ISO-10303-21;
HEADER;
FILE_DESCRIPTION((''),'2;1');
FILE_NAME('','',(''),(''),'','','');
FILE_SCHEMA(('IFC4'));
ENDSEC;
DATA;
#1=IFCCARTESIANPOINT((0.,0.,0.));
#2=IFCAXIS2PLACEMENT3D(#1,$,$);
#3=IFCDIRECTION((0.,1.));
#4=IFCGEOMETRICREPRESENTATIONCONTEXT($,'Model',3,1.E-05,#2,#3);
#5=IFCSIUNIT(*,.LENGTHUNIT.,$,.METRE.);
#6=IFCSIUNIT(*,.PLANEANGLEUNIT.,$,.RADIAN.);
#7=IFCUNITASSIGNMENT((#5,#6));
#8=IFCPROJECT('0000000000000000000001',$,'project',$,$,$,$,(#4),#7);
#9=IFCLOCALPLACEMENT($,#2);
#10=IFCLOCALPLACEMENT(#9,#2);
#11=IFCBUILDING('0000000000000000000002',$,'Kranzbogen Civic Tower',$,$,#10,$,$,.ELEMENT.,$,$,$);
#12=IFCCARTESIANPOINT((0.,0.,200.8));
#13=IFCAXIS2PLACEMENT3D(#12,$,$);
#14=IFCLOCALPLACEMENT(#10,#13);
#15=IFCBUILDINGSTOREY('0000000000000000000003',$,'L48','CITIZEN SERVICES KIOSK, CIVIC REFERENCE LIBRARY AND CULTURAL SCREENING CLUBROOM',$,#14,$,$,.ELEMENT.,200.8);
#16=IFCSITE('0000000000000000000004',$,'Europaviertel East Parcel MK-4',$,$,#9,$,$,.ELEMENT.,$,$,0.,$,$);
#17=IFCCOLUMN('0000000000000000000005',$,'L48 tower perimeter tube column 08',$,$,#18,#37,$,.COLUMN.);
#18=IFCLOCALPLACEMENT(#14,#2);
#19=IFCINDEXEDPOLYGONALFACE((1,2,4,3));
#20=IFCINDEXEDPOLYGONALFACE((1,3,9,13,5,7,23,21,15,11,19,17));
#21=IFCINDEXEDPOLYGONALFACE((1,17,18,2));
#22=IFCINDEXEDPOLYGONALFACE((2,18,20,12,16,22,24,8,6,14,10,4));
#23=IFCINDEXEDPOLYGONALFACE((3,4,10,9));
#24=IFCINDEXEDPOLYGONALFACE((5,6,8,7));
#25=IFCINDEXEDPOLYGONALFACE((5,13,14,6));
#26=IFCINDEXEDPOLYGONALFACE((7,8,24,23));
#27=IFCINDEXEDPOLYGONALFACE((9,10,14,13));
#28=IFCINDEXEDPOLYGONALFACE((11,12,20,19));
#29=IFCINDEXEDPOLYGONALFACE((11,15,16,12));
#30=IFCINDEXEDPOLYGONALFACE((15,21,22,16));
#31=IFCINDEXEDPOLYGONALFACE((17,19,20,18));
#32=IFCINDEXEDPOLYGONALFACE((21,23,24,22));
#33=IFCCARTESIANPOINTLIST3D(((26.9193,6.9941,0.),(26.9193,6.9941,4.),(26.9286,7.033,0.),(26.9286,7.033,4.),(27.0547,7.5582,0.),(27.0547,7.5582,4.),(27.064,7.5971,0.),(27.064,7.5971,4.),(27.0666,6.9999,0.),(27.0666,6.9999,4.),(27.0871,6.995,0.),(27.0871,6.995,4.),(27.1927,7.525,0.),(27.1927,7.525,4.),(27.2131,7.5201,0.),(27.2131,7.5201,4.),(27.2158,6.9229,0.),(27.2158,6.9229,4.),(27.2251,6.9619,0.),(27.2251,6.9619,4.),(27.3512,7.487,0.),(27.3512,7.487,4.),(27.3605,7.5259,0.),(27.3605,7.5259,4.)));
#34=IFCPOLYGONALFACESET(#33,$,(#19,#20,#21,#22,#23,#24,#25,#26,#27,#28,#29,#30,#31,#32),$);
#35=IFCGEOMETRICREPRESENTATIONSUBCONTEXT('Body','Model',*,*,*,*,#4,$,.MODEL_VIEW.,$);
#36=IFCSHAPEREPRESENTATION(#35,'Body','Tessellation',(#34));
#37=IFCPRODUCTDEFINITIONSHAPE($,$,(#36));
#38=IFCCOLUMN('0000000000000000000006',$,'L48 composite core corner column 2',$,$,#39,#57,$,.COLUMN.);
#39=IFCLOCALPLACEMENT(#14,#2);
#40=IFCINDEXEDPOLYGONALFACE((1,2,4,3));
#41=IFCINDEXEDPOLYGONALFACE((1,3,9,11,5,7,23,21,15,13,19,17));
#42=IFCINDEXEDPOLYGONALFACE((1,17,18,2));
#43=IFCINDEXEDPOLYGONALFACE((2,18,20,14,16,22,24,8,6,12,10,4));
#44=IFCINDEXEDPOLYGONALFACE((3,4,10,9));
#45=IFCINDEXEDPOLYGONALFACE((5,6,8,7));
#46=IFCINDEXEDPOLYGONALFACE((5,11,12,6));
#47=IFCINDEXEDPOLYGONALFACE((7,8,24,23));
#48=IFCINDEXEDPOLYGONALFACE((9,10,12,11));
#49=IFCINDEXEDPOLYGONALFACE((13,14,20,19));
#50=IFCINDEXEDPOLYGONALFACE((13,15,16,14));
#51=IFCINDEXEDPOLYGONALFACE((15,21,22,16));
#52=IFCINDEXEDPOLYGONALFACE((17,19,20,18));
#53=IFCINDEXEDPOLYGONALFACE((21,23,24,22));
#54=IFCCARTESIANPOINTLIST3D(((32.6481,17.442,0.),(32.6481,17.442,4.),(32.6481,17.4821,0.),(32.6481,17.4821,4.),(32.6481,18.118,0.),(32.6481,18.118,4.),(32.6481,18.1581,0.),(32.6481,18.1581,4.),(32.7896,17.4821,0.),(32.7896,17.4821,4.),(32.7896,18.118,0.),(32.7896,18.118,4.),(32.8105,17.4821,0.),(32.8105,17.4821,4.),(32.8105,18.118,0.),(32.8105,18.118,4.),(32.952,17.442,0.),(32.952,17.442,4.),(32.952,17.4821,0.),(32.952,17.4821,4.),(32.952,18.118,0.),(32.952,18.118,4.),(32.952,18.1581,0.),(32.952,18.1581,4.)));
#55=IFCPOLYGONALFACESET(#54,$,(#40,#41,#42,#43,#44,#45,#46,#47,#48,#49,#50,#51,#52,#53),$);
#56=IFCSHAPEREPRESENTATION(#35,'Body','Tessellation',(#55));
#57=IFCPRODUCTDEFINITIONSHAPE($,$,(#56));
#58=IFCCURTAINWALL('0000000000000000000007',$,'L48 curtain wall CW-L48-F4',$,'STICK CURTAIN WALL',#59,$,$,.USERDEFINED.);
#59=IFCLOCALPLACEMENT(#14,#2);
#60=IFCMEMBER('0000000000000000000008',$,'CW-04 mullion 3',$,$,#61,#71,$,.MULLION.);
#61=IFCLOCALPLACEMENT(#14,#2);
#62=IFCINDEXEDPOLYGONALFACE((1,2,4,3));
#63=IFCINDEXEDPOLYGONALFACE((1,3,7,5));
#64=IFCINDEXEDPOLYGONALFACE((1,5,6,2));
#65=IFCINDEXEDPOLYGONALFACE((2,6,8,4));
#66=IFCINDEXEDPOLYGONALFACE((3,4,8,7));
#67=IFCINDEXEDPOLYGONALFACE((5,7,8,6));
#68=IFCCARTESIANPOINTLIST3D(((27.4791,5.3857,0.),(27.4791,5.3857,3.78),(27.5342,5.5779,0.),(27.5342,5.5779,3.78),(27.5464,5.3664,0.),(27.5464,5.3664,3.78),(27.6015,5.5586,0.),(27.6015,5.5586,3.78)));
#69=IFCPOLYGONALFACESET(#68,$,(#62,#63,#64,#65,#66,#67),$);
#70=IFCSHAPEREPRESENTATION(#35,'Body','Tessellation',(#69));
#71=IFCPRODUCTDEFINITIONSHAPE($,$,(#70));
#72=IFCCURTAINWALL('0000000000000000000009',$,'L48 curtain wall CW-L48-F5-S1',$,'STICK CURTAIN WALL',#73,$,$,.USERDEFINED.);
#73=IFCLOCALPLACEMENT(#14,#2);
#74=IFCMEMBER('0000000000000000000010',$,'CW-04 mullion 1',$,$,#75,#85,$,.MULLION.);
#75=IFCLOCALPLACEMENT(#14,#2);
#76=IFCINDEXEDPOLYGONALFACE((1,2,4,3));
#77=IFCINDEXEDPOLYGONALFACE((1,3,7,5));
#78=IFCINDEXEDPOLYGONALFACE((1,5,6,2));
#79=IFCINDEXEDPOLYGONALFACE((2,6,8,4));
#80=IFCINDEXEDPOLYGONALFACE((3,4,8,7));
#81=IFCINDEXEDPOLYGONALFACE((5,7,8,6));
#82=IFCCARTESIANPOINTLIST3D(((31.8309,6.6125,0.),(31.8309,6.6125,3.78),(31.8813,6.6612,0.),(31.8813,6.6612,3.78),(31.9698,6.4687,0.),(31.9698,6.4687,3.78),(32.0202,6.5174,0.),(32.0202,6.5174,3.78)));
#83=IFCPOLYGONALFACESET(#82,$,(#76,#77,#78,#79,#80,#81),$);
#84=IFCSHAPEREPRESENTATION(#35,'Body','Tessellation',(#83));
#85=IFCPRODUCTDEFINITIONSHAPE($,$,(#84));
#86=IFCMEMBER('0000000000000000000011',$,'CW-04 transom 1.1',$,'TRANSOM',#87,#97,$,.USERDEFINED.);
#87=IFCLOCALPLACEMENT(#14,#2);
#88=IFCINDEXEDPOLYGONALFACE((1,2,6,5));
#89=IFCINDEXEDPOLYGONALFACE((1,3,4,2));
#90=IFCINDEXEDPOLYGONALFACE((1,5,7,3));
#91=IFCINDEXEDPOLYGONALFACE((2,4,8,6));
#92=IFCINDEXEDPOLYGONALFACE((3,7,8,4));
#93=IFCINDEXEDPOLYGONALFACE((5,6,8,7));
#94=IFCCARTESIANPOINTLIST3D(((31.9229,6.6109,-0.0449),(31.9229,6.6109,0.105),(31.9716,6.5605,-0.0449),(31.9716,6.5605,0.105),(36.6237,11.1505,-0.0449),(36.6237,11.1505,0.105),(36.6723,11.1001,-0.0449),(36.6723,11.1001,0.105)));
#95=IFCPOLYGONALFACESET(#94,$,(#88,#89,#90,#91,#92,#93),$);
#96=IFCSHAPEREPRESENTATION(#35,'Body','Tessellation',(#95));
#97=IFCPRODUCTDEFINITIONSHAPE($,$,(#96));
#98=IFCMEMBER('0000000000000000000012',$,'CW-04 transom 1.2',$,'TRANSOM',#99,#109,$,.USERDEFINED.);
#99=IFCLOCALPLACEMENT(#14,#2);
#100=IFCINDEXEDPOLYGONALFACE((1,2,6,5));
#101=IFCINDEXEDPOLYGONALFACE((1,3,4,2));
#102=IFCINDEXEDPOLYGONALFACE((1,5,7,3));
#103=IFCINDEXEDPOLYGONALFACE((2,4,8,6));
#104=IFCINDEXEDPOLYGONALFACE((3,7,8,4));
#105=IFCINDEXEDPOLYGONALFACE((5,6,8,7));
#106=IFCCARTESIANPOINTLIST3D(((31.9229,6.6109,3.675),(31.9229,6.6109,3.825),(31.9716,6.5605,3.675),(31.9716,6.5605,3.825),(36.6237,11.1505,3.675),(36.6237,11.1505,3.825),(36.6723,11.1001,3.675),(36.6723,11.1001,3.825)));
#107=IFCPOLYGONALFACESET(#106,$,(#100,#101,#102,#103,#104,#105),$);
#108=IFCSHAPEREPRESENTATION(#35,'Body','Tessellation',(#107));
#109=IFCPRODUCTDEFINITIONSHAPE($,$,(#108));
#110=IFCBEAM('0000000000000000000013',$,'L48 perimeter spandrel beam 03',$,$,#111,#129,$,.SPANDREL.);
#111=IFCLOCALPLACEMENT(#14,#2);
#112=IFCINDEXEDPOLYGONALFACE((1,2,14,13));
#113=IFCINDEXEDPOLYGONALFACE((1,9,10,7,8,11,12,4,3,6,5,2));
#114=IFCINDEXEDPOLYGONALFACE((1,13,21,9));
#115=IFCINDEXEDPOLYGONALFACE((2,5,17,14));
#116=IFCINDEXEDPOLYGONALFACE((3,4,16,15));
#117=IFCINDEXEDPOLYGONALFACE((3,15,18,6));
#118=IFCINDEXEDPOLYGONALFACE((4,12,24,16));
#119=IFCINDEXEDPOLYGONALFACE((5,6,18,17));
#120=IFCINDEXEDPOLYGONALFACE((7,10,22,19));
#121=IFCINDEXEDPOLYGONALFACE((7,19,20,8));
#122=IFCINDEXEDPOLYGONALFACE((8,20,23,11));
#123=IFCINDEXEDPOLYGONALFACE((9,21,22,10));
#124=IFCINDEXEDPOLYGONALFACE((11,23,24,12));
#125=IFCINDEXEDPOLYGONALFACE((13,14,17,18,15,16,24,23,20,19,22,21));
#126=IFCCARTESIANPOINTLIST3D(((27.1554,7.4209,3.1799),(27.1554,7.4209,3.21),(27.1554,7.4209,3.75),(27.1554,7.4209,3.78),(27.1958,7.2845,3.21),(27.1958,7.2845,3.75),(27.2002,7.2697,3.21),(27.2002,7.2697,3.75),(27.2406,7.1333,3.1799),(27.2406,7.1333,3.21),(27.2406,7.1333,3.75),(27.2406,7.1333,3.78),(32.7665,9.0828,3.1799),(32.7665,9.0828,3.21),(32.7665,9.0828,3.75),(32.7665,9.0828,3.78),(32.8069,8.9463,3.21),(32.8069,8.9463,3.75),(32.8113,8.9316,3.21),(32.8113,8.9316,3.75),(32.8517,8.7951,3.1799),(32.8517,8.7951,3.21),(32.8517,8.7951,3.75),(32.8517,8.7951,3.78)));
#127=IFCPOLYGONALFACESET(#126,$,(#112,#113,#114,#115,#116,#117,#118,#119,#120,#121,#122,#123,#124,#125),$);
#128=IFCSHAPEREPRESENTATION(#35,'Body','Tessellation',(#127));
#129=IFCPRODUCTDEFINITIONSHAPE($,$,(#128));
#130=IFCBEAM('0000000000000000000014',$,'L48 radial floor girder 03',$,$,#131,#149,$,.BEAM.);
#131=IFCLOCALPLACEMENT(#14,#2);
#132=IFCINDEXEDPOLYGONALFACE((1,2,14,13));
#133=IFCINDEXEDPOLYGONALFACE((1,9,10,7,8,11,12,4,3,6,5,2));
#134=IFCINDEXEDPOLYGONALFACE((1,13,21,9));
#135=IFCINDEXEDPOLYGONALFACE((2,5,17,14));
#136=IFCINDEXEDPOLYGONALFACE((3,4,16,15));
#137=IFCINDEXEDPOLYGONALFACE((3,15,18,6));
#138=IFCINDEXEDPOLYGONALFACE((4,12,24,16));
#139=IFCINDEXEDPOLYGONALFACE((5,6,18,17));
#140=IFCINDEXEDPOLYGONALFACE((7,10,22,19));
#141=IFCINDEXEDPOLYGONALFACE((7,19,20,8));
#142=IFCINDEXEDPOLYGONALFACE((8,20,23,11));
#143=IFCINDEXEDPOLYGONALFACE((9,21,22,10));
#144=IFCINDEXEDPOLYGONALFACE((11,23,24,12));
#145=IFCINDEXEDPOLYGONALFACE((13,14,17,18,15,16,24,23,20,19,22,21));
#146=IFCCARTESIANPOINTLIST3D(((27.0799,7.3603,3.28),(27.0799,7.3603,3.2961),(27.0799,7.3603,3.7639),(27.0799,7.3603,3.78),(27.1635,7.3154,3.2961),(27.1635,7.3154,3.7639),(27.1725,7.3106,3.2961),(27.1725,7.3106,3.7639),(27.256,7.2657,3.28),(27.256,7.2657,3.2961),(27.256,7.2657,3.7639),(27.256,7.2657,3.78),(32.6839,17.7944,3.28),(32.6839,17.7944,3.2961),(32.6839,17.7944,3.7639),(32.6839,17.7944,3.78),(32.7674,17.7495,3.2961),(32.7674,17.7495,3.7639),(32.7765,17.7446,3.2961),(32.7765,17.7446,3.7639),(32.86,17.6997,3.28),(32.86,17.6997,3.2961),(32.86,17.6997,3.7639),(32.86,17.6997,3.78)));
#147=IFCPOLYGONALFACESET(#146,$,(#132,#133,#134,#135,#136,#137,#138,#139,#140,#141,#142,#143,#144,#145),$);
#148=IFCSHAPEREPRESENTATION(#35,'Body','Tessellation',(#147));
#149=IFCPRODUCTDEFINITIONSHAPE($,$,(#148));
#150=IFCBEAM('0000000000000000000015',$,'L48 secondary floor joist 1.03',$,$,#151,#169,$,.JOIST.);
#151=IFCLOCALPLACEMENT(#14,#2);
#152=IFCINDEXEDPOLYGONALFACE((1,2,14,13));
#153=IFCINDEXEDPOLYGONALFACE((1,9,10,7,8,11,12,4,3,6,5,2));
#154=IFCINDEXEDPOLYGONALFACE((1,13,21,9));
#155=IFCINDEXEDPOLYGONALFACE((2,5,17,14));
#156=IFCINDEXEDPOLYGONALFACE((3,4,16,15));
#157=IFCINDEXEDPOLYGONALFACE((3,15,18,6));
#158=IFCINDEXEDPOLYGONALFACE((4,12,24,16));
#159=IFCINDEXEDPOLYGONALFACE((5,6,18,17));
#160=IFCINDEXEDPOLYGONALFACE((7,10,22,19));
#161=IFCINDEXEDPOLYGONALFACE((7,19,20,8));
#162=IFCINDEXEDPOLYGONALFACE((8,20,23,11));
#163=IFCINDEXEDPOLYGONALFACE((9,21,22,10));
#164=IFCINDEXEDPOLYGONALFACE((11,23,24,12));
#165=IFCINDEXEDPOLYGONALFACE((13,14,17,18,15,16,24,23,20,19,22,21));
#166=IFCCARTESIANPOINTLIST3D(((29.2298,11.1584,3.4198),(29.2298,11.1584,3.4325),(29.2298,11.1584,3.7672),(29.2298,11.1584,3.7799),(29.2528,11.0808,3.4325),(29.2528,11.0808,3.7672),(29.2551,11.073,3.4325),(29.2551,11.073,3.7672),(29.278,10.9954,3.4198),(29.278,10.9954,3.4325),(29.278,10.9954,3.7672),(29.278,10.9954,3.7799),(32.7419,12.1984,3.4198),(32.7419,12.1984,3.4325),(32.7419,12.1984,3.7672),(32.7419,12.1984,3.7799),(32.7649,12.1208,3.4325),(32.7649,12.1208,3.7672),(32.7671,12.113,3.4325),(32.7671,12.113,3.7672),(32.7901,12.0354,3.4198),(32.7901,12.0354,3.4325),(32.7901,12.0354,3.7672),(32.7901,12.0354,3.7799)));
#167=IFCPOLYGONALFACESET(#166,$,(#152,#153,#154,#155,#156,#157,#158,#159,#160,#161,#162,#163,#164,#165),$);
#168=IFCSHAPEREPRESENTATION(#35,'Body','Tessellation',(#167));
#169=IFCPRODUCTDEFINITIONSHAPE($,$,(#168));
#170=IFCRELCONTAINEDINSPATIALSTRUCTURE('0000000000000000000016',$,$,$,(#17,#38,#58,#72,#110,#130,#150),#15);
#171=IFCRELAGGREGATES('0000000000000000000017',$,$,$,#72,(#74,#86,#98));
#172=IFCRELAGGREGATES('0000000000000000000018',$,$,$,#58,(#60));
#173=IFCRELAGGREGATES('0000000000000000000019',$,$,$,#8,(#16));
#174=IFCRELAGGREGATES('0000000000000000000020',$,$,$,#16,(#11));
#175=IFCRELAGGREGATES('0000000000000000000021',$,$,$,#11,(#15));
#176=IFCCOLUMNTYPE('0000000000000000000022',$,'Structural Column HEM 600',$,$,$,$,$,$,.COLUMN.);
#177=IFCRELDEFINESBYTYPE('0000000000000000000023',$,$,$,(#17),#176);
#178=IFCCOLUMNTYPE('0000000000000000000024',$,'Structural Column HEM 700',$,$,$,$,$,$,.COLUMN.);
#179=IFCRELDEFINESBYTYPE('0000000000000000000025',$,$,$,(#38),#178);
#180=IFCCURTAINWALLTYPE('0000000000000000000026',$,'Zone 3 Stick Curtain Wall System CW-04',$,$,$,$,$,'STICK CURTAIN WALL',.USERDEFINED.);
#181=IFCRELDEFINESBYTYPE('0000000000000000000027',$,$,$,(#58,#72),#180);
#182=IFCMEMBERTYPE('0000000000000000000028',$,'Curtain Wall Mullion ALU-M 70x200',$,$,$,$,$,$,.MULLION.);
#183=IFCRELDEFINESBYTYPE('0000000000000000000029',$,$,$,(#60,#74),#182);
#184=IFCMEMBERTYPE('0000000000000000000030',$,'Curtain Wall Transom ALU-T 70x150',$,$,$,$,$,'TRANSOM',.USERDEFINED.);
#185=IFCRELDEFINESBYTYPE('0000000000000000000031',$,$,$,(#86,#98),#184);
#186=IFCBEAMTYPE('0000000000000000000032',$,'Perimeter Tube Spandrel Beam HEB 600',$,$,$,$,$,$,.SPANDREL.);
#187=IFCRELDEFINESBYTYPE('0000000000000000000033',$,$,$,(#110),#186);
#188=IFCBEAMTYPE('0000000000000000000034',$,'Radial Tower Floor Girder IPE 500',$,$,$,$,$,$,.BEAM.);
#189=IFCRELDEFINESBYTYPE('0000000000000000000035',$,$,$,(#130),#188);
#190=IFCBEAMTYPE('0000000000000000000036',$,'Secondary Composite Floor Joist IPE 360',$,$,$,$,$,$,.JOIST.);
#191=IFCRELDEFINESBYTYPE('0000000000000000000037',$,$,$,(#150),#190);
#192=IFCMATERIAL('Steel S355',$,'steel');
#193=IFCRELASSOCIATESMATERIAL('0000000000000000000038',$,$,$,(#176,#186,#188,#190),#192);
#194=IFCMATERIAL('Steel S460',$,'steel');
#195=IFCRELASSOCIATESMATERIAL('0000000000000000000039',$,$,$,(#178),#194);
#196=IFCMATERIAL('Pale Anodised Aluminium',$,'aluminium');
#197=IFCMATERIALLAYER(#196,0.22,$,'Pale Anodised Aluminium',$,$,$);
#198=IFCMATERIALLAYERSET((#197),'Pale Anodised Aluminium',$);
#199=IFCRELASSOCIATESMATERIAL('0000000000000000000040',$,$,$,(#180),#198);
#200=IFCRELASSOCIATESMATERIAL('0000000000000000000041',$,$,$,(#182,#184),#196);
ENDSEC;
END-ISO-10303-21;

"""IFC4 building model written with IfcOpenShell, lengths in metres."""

from ifc_helpers import new_model, si_unit, direction, frame, origin, origin_2d, place, context, subcontext, project, spatial, rectangle, i_section, extrude, material, layer, layer_set, material_profile, profile_set, type_object, element, aggregate, save


model = new_model("IFC4")

# Units and contexts
model_context = context("Model", 3, precision=1e-05, world=origin(), true_north=direction((0.0, 1.0)))
body_context = subcontext(model_context, "Body", "Model", "MODEL_VIEW")
ifc_project = project(units=[si_unit("LENGTHUNIT", "METRE"), si_unit("PLANEANGLEUNIT", "RADIAN")], contexts=[model_context])

# Site, building, storey
site_placement = place(None, origin())
site = spatial("IfcSite", under=ifc_project, at=site_placement, Name="Europaviertel East Parcel MK-4", CompositionType="ELEMENT", RefElevation=0.0)
building_placement = place(site_placement, origin())
building = spatial("IfcBuilding", under=site, at=building_placement, Name="Kranzbogen Civic Tower", CompositionType="ELEMENT")
storey_placement = place(building_placement, frame((0.0, 0.0, 200.8)))
storey = spatial("IfcBuildingStorey", under=building, at=storey_placement, Name="L48", Description="CITIZEN SERVICES KIOSK, CIVIC REFERENCE LIBRARY AND CULTURAL SCREENING CLUBROOM", CompositionType="ELEMENT", Elevation=200.8)

# Columns
ifc_material_1 = material(Name="Steel S355", Category="steel")
ifc_material_profile_1 = material_profile(ifc_material_1, i_section(OverallWidth=0.3049, OverallDepth=0.6201, WebThickness=0.021, FlangeThickness=0.04, at=origin_2d()), Name="HEM 600")
ifc_profile_set_1 = profile_set([ifc_material_profile_1], Name="Steel S355")
column_type_1 = type_object("IfcColumnType", Name="Structural Column HEM 600", PredefinedType="COLUMN", material=ifc_profile_set_1)
column_1_placement = place(storey_placement, frame((27.1399, 7.26, 0.0), z_axis=(0.0, 0.0, 1.0), x_axis=(-0.97237, 0.233445, 0.0)))
element("IfcColumn", 1, at=column_1_placement, inside=storey, type_object=column_type_1, Name="L48 tower perimeter tube column 08", PredefinedType="COLUMN", context=body_context, shape_type="SweptSolid", body=[
    extrude(i_section(OverallWidth=0.3049, OverallDepth=0.6201, WebThickness=0.021, FlangeThickness=0.04, at=origin_2d()), origin(), (0.0, 0.0, 1.0), 4.0),
])
ifc_material_2 = material(Name="Steel S460", Category="steel")
ifc_material_profile_2 = material_profile(ifc_material_2, i_section(OverallWidth=0.304, OverallDepth=0.7161, WebThickness=0.021, FlangeThickness=0.04, at=origin_2d()), Name="HEM 700")
ifc_profile_set_2 = profile_set([ifc_material_profile_2], Name="Steel S460")
column_type_2 = type_object("IfcColumnType", Name="Structural Column HEM 700", PredefinedType="COLUMN", material=ifc_profile_set_2)
column_2_placement = place(storey_placement, frame((32.8, 17.8, 0.0), z_axis=(0.0, 0.0, 1.0), x_axis=(1.0, 0.0, 0.0)))
element("IfcColumn", 2, at=column_2_placement, inside=storey, type_object=column_type_2, Name="L48 composite core corner column 2", PredefinedType="COLUMN", context=body_context, shape_type="SweptSolid", body=[
    extrude(i_section(OverallWidth=0.304, OverallDepth=0.7161, WebThickness=0.021, FlangeThickness=0.04, at=origin_2d()), origin(), (0.0, 0.0, 1.0), 4.0),
])

# Curtain wall, member
ifc_material_3 = material(Name="Pale Anodised Aluminium", Category="aluminium")
ifc_layer_1 = layer(ifc_material_3, 0.22, Name="Pale Anodised Aluminium")
ifc_layer_set_1 = layer_set([ifc_layer_1], Name="Pale Anodised Aluminium")
curtain_wall_type = type_object("IfcCurtainWallType", Name="Zone 3 Stick Curtain Wall System CW-04", ElementType="STICK CURTAIN WALL", PredefinedType="USERDEFINED", material=ifc_layer_set_1)
curtain_wall_1_placement = place(storey_placement, origin())
curtain_wall_1 = element("IfcCurtainWall", 3, at=curtain_wall_1_placement, inside=storey, type_object=curtain_wall_type, Name="L48 curtain wall CW-L48-F4", ObjectType="STICK CURTAIN WALL", PredefinedType="USERDEFINED")
ifc_material_profile_3 = material_profile(ifc_material_3, rectangle(XDim=0.0701, YDim=0.2, at=origin_2d()), Name="ALU-M 70x200")
ifc_profile_set_3 = profile_set([ifc_material_profile_3], Name="Pale Anodised Aluminium")
member_type_1 = type_object("IfcMemberType", Name="Curtain Wall Mullion ALU-M 70x200", PredefinedType="MULLION", material=ifc_profile_set_3)
member_1_placement = place(storey_placement, frame((27.5403, 5.4722, 0.0), z_axis=(0.0, 0.0, 1.0), x_axis=(0.961276, -0.275587, 0.0)))
member_1 = element("IfcMember", 4, at=member_1_placement, type_object=member_type_1, Name="CW-04 mullion 3", PredefinedType="MULLION", context=body_context, shape_type="SweptSolid", body=[
    extrude(rectangle(XDim=0.0701, YDim=0.2, at=origin_2d()), origin(), (0.0, 0.0, 1.0), 3.78),
])

# Curtain wall, members
curtain_wall_2_placement = place(storey_placement, origin())
curtain_wall_2 = element("IfcCurtainWall", 5, at=curtain_wall_2_placement, inside=storey, type_object=curtain_wall_type, Name="L48 curtain wall CW-L48-F5-S1", ObjectType="STICK CURTAIN WALL", PredefinedType="USERDEFINED")
member_2_placement = place(storey_placement, frame((31.9255, 6.5649, 0.0), z_axis=(0.0, 0.0, 1.0), x_axis=(0.719321, 0.694678, 0.0)))
member_2 = element("IfcMember", 6, at=member_2_placement, type_object=member_type_1, Name="CW-04 mullion 1", PredefinedType="MULLION", context=body_context, shape_type="SweptSolid", body=[
    extrude(rectangle(XDim=0.0701, YDim=0.2, at=origin_2d()), origin(), (0.0, 0.0, 1.0), 3.78),
])
ifc_material_profile_4 = material_profile(ifc_material_3, rectangle(XDim=0.0701, YDim=0.1499, at=origin_2d()), Name="ALU-T 70x150")
ifc_profile_set_4 = profile_set([ifc_material_profile_4], Name="Pale Anodised Aluminium")
member_type_2 = type_object("IfcMemberType", Name="Curtain Wall Transom ALU-T 70x150", ElementType="TRANSOM", PredefinedType="USERDEFINED", material=ifc_profile_set_4)
member_3_placement = place(storey_placement, frame((31.9473, 6.5857, 0.03), z_axis=(0.719328, 0.694671, 0.0), x_axis=(-0.694671, 0.719328, 0.0)))
member_3 = element("IfcMember", 7, at=member_3_placement, type_object=member_type_2, Name="CW-04 transom 1.1", ObjectType="TRANSOM", PredefinedType="USERDEFINED", context=body_context, shape_type="SweptSolid", body=[
    extrude(rectangle(XDim=0.0701, YDim=0.1499, at=origin_2d()), origin(), (0.0, 0.0, 1.0), 6.5349),
])
member_4_placement = place(storey_placement, frame((31.9473, 6.5857, 3.75), z_axis=(0.719328, 0.694671, 0.0), x_axis=(-0.694671, 0.719328, 0.0)))
member_4 = element("IfcMember", 8, at=member_4_placement, type_object=member_type_2, Name="CW-04 transom 1.2", ObjectType="TRANSOM", PredefinedType="USERDEFINED", context=body_context, shape_type="SweptSolid", body=[
    extrude(rectangle(XDim=0.0701, YDim=0.1499, at=origin_2d()), origin(), (0.0, 0.0, 1.0), 6.5349),
])
aggregate(curtain_wall_2, [member_2, member_3, member_4])

# Beams
ifc_material_profile_5 = material_profile(ifc_material_1, i_section(OverallWidth=0.3, OverallDepth=0.6001, WebThickness=0.0154, FlangeThickness=0.03, at=origin_2d()), Name="HEB 600")
ifc_profile_set_5 = profile_set([ifc_material_profile_5], Name="Steel S355")
beam_type_1 = type_object("IfcBeamType", Name="Perimeter Tube Spandrel Beam HEB 600", PredefinedType="SPANDREL", material=ifc_profile_set_5)
beam_1_placement = place(storey_placement, frame((27.198, 7.2771, 3.48), z_axis=(0.95883, 0.283982, 0.0), x_axis=(-0.283982, 0.95883, 0.0)))
element("IfcBeam", 9, at=beam_1_placement, inside=storey, type_object=beam_type_1, Name="L48 perimeter spandrel beam 03", PredefinedType="SPANDREL", context=body_context, shape_type="SweptSolid", body=[
    extrude(i_section(OverallWidth=0.3, OverallDepth=0.6001, WebThickness=0.0154, FlangeThickness=0.03, at=origin_2d()), origin(), (0.0, 0.0, 1.0), 5.8521),
])
ifc_material_profile_6 = material_profile(ifc_material_1, i_section(OverallWidth=0.2, OverallDepth=0.5, WebThickness=0.0103, FlangeThickness=0.0161, at=origin_2d()), Name="IPE 500")
ifc_profile_set_6 = profile_set([ifc_material_profile_6], Name="Steel S355")
beam_type_2 = type_object("IfcBeamType", Name="Radial Tower Floor Girder IPE 500", PredefinedType="BEAM", material=ifc_profile_set_6)
beam_2_placement = place(storey_placement, frame((27.168, 7.313, 3.53), z_axis=(0.47316, 0.880976, 0.0), x_axis=(-0.880976, 0.47316, 0.0)))
element("IfcBeam", 10, at=beam_2_placement, inside=storey, type_object=beam_type_2, Name="L48 radial floor girder 03", PredefinedType="BEAM", context=body_context, shape_type="SweptSolid", body=[
    extrude(i_section(OverallWidth=0.2, OverallDepth=0.5, WebThickness=0.0103, FlangeThickness=0.0161, at=origin_2d()), origin(), (0.0, 0.0, 1.0), 11.8438),
])
ifc_material_profile_7 = material_profile(ifc_material_1, i_section(OverallWidth=0.1699, OverallDepth=0.3601, WebThickness=0.0081, FlangeThickness=0.0127, at=origin_2d()), Name="IPE 360")
ifc_profile_set_7 = profile_set([ifc_material_profile_7], Name="Steel S355")
beam_type_3 = type_object("IfcBeamType", Name="Secondary Composite Floor Joist IPE 360", PredefinedType="JOIST", material=ifc_profile_set_7)
beam_3_placement = place(storey_placement, frame((29.2539, 11.0769, 3.5999), z_axis=(0.958844, 0.283934, 0.0), x_axis=(-0.283934, 0.958844, 0.0)))
element("IfcBeam", 11, at=beam_3_placement, inside=storey, type_object=beam_type_3, Name="L48 secondary floor joist 1.03", PredefinedType="JOIST", context=body_context, shape_type="SweptSolid", body=[
    extrude(i_section(OverallWidth=0.1699, OverallDepth=0.3601, WebThickness=0.0081, FlangeThickness=0.0127, at=origin_2d()), origin(), (0.0, 0.0, 1.0), 3.6628),
])

aggregate(curtain_wall_1, [member_1])

save(model, "model.ifc")
